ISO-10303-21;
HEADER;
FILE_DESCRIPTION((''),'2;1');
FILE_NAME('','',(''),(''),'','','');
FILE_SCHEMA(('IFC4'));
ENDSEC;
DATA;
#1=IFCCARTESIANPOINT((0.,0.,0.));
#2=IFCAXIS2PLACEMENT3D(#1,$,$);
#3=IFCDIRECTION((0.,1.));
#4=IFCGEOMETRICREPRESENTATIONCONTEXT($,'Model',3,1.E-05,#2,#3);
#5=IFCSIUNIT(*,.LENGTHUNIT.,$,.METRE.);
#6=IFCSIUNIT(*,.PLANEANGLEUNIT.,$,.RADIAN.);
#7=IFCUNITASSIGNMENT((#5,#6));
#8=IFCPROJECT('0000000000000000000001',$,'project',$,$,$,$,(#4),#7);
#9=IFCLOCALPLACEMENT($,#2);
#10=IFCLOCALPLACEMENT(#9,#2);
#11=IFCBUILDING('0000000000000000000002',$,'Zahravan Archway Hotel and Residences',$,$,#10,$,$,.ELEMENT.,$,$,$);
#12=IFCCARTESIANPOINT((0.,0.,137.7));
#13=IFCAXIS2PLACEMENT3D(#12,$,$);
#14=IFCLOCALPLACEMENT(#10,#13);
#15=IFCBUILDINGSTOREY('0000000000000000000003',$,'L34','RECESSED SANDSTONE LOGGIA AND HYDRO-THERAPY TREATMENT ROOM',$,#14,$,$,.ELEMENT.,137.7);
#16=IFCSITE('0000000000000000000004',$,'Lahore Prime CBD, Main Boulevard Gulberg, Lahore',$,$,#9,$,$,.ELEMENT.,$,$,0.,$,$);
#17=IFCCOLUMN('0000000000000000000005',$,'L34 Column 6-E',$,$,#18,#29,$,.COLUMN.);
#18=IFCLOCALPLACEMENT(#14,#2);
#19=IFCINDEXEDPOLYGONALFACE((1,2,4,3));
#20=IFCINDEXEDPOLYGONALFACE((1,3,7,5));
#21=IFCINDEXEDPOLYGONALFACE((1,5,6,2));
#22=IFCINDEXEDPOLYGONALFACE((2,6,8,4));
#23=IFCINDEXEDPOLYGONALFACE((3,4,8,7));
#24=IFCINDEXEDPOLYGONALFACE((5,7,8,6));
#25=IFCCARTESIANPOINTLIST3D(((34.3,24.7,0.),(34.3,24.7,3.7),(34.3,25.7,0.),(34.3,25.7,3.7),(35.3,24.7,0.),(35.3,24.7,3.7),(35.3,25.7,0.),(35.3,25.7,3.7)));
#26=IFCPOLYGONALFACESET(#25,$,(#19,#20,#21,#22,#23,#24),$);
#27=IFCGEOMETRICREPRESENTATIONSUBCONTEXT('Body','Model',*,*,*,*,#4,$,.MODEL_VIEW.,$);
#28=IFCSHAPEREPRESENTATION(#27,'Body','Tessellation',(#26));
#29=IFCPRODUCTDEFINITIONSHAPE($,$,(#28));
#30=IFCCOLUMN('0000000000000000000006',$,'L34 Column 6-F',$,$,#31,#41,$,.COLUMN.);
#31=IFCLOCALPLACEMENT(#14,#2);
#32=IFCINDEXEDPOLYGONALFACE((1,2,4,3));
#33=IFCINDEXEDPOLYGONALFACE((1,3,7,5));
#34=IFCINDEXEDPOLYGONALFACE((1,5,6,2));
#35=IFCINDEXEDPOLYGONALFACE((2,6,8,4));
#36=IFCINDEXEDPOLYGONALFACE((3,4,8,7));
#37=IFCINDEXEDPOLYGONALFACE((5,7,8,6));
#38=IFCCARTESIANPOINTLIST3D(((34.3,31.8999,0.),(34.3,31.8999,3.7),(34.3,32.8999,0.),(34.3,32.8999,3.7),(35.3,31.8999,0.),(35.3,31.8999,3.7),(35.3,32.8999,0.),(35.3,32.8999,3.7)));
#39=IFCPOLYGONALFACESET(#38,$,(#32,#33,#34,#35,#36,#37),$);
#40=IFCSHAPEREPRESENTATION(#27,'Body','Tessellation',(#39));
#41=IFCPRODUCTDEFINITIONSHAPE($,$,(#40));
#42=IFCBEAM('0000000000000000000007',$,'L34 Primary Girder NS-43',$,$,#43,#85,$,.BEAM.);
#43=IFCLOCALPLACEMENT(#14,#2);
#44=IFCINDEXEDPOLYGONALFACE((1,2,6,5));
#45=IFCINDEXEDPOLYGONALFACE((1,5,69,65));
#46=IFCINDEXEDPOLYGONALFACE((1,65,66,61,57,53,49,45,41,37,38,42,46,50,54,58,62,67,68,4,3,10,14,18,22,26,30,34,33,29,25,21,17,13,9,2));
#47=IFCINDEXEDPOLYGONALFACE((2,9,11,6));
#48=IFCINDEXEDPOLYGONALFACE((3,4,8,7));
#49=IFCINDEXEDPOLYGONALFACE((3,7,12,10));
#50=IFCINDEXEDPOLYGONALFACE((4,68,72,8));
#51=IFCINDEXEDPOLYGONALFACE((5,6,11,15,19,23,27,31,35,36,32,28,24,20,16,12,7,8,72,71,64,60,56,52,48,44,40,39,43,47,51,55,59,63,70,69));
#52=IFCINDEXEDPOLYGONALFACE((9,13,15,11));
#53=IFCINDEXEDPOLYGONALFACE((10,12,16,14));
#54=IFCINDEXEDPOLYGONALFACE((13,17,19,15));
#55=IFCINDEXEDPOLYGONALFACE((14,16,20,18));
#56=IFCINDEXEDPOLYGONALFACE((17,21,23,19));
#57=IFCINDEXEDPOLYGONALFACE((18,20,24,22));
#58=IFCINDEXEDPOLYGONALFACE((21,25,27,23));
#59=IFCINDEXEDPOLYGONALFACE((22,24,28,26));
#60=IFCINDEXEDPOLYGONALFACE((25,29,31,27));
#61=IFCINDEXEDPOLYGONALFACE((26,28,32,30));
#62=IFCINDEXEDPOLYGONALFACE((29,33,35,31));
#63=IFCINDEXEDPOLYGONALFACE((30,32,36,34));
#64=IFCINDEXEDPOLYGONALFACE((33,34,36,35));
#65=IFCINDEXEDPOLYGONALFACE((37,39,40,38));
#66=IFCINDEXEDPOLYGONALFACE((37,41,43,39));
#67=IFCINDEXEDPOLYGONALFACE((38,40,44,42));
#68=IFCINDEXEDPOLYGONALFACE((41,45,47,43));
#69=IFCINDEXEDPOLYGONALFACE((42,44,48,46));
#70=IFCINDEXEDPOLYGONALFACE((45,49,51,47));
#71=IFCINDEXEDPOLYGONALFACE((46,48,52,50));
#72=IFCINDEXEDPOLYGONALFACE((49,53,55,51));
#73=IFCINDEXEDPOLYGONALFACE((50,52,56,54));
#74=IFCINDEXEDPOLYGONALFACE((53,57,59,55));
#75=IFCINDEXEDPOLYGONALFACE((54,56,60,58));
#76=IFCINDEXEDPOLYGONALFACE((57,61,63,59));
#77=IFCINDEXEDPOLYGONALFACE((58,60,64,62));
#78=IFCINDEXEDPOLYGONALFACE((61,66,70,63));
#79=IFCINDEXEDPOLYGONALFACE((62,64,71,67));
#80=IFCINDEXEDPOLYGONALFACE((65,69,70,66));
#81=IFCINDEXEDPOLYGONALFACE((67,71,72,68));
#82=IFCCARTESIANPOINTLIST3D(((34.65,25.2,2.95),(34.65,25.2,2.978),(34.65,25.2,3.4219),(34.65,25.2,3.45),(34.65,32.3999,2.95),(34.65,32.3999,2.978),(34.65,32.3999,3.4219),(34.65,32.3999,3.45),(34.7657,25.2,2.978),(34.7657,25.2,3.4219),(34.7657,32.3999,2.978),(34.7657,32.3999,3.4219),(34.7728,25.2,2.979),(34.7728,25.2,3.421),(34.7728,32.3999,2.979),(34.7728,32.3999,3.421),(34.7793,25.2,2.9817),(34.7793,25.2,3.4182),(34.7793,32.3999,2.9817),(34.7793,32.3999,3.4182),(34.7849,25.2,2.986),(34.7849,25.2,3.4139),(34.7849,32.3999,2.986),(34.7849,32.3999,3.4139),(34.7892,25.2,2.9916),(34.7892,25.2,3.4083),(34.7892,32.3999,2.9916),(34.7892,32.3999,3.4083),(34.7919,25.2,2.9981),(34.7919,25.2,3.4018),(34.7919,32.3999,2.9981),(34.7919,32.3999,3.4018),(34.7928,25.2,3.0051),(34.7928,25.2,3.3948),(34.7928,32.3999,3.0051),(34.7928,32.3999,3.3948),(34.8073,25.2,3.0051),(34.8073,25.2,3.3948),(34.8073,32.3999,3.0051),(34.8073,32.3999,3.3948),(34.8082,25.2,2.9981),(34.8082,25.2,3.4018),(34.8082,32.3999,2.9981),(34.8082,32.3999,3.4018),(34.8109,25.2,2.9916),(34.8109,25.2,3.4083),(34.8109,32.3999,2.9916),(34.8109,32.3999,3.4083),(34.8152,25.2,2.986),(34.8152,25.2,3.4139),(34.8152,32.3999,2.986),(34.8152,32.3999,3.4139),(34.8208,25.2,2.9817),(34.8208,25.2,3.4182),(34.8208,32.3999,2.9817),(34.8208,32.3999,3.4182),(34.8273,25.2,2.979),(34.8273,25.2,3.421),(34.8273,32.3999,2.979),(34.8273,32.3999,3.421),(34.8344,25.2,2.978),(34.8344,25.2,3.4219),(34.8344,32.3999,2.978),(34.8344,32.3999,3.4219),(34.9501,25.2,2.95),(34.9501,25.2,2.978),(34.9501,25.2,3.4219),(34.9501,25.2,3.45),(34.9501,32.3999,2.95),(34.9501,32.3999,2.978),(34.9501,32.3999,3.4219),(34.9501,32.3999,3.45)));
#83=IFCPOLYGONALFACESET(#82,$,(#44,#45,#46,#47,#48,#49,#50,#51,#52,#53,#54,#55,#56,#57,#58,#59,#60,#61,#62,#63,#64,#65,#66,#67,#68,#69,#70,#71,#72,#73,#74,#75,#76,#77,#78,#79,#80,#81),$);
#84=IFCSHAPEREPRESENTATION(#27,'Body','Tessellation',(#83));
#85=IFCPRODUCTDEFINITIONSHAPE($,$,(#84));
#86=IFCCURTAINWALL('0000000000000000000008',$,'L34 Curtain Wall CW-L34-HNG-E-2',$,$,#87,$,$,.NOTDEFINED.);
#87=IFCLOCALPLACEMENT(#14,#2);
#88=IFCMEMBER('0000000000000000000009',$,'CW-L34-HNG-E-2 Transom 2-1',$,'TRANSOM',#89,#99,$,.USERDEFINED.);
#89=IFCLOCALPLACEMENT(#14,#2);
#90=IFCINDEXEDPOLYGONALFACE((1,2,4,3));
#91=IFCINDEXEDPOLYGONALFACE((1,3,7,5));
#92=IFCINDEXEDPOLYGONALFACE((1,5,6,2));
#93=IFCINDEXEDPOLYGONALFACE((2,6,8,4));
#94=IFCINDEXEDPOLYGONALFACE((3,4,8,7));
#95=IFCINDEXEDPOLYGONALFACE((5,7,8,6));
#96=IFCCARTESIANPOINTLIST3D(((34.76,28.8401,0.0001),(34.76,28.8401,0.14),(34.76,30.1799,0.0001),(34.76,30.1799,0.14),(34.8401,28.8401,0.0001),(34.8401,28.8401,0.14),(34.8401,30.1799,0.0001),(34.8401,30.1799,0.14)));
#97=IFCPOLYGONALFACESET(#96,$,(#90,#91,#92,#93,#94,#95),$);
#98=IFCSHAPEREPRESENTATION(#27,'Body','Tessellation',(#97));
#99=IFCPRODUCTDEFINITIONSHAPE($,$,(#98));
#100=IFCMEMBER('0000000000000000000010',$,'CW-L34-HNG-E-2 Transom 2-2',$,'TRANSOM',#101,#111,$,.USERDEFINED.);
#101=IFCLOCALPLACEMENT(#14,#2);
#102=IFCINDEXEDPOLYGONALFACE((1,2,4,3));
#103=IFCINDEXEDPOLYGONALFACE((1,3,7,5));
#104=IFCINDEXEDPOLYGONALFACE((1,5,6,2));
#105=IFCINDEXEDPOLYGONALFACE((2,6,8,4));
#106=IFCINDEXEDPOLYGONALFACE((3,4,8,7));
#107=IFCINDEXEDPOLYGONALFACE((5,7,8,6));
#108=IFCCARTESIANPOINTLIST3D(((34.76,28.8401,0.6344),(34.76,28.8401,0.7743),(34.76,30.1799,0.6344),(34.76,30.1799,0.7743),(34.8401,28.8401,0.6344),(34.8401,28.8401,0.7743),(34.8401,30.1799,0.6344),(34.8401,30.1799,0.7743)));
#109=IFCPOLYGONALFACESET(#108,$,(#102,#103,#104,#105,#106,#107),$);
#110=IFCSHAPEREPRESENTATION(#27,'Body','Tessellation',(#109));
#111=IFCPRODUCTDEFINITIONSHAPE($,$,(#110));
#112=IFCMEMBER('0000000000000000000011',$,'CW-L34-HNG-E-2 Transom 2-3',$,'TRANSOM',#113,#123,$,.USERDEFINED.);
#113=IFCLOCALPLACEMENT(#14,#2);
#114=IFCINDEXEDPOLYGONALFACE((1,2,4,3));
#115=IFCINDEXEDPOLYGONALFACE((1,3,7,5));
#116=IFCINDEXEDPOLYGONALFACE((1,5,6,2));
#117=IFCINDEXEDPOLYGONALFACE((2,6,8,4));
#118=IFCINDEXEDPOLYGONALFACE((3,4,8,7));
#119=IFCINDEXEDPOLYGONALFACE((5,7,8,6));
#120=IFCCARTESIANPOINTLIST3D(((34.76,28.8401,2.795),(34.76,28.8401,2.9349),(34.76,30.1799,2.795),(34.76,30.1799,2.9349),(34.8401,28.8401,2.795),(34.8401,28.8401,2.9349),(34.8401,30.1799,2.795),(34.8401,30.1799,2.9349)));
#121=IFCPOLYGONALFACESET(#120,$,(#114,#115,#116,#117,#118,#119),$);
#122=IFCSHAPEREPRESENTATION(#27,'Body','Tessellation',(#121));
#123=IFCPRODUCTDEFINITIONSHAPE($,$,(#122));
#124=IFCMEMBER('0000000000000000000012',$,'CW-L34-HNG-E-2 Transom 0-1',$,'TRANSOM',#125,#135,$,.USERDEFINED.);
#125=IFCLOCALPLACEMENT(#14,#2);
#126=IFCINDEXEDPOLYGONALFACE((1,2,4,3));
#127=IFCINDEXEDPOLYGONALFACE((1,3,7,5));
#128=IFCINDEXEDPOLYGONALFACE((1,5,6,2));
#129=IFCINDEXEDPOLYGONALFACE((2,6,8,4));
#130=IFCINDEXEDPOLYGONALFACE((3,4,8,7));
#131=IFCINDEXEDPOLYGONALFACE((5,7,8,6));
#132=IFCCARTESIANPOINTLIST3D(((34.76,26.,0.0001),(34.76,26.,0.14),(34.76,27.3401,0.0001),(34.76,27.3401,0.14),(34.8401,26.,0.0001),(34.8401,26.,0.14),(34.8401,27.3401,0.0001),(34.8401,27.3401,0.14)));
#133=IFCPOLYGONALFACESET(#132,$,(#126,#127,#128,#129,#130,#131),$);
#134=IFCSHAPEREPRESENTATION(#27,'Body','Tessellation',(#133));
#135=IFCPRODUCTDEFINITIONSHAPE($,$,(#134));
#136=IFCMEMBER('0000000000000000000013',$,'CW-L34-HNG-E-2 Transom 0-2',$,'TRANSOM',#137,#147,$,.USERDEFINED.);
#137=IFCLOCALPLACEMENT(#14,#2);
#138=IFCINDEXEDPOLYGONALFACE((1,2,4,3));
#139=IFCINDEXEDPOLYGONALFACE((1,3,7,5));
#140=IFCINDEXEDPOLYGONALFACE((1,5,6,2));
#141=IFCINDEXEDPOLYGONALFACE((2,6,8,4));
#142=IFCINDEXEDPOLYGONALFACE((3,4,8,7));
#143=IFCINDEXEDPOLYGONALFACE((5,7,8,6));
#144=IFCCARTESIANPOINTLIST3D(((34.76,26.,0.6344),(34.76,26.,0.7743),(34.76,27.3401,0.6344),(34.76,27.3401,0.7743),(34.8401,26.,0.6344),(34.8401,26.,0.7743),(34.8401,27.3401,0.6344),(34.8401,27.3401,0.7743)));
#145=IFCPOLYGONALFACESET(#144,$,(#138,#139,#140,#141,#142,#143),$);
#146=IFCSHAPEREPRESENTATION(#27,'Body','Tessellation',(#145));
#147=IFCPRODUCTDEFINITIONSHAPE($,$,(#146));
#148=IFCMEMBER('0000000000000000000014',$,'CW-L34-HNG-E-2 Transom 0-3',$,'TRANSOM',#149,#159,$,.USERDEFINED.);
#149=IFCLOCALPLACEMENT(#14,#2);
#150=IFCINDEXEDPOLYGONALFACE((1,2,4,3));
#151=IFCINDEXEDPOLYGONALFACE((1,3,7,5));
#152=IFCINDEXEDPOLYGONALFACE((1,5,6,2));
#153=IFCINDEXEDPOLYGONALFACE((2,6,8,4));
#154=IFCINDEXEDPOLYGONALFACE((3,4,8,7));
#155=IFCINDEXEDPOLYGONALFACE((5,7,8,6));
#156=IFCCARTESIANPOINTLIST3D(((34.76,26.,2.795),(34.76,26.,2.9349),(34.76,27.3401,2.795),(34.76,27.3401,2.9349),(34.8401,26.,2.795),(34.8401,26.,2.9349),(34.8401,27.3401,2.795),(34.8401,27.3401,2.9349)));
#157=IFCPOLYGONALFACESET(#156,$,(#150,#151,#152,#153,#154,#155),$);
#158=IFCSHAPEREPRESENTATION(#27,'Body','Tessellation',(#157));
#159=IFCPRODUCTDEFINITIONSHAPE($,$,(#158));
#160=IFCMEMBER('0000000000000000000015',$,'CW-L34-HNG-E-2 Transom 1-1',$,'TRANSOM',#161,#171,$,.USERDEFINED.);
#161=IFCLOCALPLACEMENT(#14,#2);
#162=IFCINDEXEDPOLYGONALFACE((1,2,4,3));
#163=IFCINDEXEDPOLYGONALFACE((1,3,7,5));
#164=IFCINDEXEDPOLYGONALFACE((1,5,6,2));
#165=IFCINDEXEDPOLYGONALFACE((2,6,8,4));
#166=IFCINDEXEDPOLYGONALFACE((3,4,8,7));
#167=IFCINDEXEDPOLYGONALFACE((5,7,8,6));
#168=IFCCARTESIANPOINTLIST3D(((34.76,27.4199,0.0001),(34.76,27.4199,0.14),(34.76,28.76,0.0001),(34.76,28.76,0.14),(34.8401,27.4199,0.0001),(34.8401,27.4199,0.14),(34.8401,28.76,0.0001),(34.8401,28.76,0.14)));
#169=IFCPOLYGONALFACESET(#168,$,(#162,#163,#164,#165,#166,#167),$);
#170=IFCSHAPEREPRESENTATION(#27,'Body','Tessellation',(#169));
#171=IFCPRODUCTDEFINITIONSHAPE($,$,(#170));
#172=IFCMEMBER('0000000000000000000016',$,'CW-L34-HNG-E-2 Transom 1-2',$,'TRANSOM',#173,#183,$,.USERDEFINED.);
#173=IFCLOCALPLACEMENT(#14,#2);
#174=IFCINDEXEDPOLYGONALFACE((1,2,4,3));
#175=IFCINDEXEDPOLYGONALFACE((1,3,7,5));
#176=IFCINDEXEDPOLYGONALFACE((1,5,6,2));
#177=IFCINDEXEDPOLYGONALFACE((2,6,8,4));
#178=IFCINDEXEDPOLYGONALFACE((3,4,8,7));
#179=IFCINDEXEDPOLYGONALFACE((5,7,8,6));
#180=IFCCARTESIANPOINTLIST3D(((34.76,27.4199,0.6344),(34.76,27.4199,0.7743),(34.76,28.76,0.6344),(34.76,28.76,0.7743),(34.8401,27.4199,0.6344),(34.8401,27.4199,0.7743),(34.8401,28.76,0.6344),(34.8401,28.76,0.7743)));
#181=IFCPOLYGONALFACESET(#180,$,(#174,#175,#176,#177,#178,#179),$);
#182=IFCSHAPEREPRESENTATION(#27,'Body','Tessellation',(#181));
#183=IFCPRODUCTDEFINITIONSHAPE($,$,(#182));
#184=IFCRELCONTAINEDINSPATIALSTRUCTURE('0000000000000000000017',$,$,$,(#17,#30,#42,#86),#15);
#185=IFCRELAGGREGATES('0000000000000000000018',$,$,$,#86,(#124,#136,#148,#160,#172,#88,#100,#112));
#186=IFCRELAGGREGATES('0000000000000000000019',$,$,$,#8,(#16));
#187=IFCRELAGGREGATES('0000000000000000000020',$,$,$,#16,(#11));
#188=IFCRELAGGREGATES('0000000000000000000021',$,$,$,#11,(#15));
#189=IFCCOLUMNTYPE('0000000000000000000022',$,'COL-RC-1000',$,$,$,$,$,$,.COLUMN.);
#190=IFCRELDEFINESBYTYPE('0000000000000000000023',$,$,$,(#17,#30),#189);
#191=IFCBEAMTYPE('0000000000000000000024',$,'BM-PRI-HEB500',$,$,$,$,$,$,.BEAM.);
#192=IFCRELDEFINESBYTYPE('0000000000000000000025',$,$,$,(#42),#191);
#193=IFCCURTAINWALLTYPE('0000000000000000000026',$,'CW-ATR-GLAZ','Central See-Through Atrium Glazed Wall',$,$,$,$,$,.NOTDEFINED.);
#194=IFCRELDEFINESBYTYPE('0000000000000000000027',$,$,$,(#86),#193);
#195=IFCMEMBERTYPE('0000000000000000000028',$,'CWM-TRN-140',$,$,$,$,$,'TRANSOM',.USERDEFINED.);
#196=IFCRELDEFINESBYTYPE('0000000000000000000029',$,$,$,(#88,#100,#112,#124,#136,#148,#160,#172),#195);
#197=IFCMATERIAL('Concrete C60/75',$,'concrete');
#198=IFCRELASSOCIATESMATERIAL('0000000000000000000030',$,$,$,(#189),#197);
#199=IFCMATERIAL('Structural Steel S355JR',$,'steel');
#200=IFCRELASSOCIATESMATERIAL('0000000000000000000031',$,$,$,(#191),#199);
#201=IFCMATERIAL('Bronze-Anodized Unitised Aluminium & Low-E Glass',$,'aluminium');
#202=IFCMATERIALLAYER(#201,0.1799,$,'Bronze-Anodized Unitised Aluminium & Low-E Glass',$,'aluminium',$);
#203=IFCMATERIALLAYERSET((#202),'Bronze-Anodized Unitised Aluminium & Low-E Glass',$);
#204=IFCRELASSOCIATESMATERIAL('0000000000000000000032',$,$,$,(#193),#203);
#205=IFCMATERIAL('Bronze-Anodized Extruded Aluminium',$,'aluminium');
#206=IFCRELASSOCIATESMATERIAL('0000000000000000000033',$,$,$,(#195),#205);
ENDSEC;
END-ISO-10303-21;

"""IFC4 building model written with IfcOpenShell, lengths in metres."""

from ifc_helpers import new_model, si_unit, direction, frame, origin, origin_2d, place, context, subcontext, project, spatial, rectangle, i_section, extrude, source, transform, mapped, material, layer, layer_set, material_profile, profile_set, type_object, type_shapes, element, aggregate, save


model = new_model("IFC4")

# Units and contexts
model_context = context("Model", 3, precision=1e-05, world=origin(), true_north=direction((0.0, 1.0)))
body_context = subcontext(model_context, "Body", "Model", "MODEL_VIEW")
ifc_project = project(units=[si_unit("LENGTHUNIT", "METRE"), si_unit("PLANEANGLEUNIT", "RADIAN")], contexts=[model_context])

# Site, building, storey
site_placement = place(None, origin())
site = spatial("IfcSite", under=ifc_project, at=site_placement, Name="Lahore Prime CBD, Main Boulevard Gulberg, Lahore", CompositionType="ELEMENT", RefElevation=0.0)
building_placement = place(site_placement, origin())
building = spatial("IfcBuilding", under=site, at=building_placement, Name="Zahravan Archway Hotel and Residences", CompositionType="ELEMENT")
storey_placement = place(building_placement, frame((0.0, 0.0, 137.7)))
storey = spatial("IfcBuildingStorey", under=building, at=storey_placement, Name="L34", Description="RECESSED SANDSTONE LOGGIA AND HYDRO-THERAPY TREATMENT ROOM", CompositionType="ELEMENT", Elevation=137.7)

# Columns
ifc_material_1 = material(Name="Concrete C60/75", Category="concrete")
ifc_material_profile_1 = material_profile(ifc_material_1, rectangle(XDim=1.0, YDim=1.0, at=origin_2d()), Name="RC-COL-1000x1000", Category="concrete")
ifc_profile_set_1 = profile_set([ifc_material_profile_1], Name="Concrete C60/75")
column_type = type_object("IfcColumnType", Name="COL-RC-1000", PredefinedType="COLUMN", material=ifc_profile_set_1)
shared_shape_1 = source(origin(), body_context, "Body", "SweptSolid", [
    extrude(rectangle(XDim=1.0, YDim=1.0, at=origin_2d()), origin(), (0.0, 0.0, 1.0), 3.7),
])
type_shapes(column_type, [shared_shape_1])
for number, where, z_axis, x_axis, name in (
    (1, (34.8, 25.2, 0.0), (0.0, 0.0, 1.0), (1.0, 0.0, 0.0), "L34 Column 6-E"),
    (2, (34.8, 32.3999, 0.0), (0.0, 0.0, 1.0), (1.0, 0.0, 0.0), "L34 Column 6-F"),
):
    element("IfcColumn", number, at=place(storey_placement, frame(where, z_axis=z_axis, x_axis=x_axis)), inside=storey, type_object=column_type, Name=name, PredefinedType="COLUMN", context=body_context, shape_type="MappedRepresentation", body=[
        mapped(shared_shape_1, transform((0.0, 0.0, 0.0), scale=1.0)),
    ])

# Beam
ifc_material_2 = material(Name="Structural Steel S355JR", Category="steel")
ifc_material_profile_2 = material_profile(ifc_material_2, i_section(OverallWidth=0.3, OverallDepth=0.5, WebThickness=0.0144, FlangeThickness=0.0281, FilletRadius=0.0271, at=origin_2d()), Name="HEB 500", Category="steel")
ifc_profile_set_2 = profile_set([ifc_material_profile_2], Name="Structural Steel S355JR")
beam_type = type_object("IfcBeamType", Name="BM-PRI-HEB500", PredefinedType="BEAM", material=ifc_profile_set_2)
shared_shape_2 = source(origin(), body_context, "Body", "SweptSolid", [
    extrude(i_section(OverallWidth=0.3, OverallDepth=0.5, WebThickness=0.0144, FlangeThickness=0.0281, FilletRadius=0.0271, at=origin_2d()), origin(), (0.0, 0.0, 1.0), 7.2),
])
beam_placement = place(storey_placement, frame((34.8, 25.2, 3.2), z_axis=(0.0, 1.0, 0.0), x_axis=(-1.0, 0.0, 0.0)))
element("IfcBeam", 3, at=beam_placement, inside=storey, type_object=beam_type, Name="L34 Primary Girder NS-43", PredefinedType="BEAM", context=body_context, shape_type="MappedRepresentation", body=[
    mapped(shared_shape_2, transform((0.0, 0.0, 0.0), scale=1.0)),
])

# Curtain wall, members
ifc_material_3 = material(Name="Bronze-Anodized Unitised Aluminium & Low-E Glass", Category="aluminium")
ifc_layer_1 = layer(ifc_material_3, 0.1799, Name="Bronze-Anodized Unitised Aluminium & Low-E Glass", Category="aluminium")
ifc_layer_set_1 = layer_set([ifc_layer_1], Name="Bronze-Anodized Unitised Aluminium & Low-E Glass")
curtain_wall_type = type_object("IfcCurtainWallType", Name="CW-ATR-GLAZ", Description="Central See-Through Atrium Glazed Wall", PredefinedType="NOTDEFINED", material=ifc_layer_set_1)
curtain_wall_1_placement = place(storey_placement, origin())
curtain_wall_1 = element("IfcCurtainWall", 4, at=curtain_wall_1_placement, inside=storey, type_object=curtain_wall_type, Name="L34 Curtain Wall CW-L34-HNG-E-2", PredefinedType="NOTDEFINED")
ifc_material_4 = material(Name="Bronze-Anodized Extruded Aluminium", Category="aluminium")
ifc_material_profile_3 = material_profile(ifc_material_4, rectangle(XDim=0.0801, YDim=0.1399, at=origin_2d()), Name="TRN 80x140", Category="aluminium")
ifc_profile_set_3 = profile_set([ifc_material_profile_3], Name="Bronze-Anodized Extruded Aluminium")
member_type_1 = type_object("IfcMemberType", Name="CWM-TRN-140", ElementType="TRANSOM", PredefinedType="USERDEFINED", material=ifc_profile_set_3)
shared_shape_3 = source(origin(), body_context, "Body", "SweptSolid", [
    extrude(rectangle(XDim=0.0801, YDim=0.1399, at=origin_2d()), origin(), (0.0, 0.0, 1.0), 1.3398),
])
member_1_placement = place(storey_placement, frame((34.8, 28.8401, 0.0701), z_axis=(0.0, 1.0, 0.0), x_axis=(-1.0, 0.0, 0.0)))
member_1 = element("IfcMember", 5, at=member_1_placement, type_object=member_type_1, Name="CW-L34-HNG-E-2 Transom 2-1", ObjectType="TRANSOM", PredefinedType="USERDEFINED", context=body_context, shape_type="MappedRepresentation", body=[
    mapped(shared_shape_3, transform((0.0, 0.0, 0.0), scale=1.0)),
])
member_2_placement = place(storey_placement, frame((34.8, 28.8401, 0.7043), z_axis=(0.0, 1.0, 0.0), x_axis=(-1.0, 0.0, 0.0)))
member_2 = element("IfcMember", 6, at=member_2_placement, type_object=member_type_1, Name="CW-L34-HNG-E-2 Transom 2-2", ObjectType="TRANSOM", PredefinedType="USERDEFINED", context=body_context, shape_type="MappedRepresentation", body=[
    mapped(shared_shape_3, transform((0.0, 0.0, 0.0), scale=1.0)),
])
member_3_placement = place(storey_placement, frame((34.8, 28.8401, 2.865), z_axis=(0.0, 1.0, 0.0), x_axis=(-1.0, 0.0, 0.0)))
member_3 = element("IfcMember", 7, at=member_3_placement, type_object=member_type_1, Name="CW-L34-HNG-E-2 Transom 2-3", ObjectType="TRANSOM", PredefinedType="USERDEFINED", context=body_context, shape_type="MappedRepresentation", body=[
    mapped(shared_shape_3, transform((0.0, 0.0, 0.0), scale=1.0)),
])
shared_shape_4 = source(origin(), body_context, "Body", "SweptSolid", [
    extrude(rectangle(XDim=0.0801, YDim=0.1399, at=origin_2d()), origin(), (0.0, 0.0, 1.0), 1.3401),
])
member_4_placement = place(storey_placement, frame((34.8, 26.0, 0.0701), z_axis=(0.0, 1.0, 0.0), x_axis=(-1.0, 0.0, 0.0)))
member_4 = element("IfcMember", 8, at=member_4_placement, type_object=member_type_1, Name="CW-L34-HNG-E-2 Transom 0-1", ObjectType="TRANSOM", PredefinedType="USERDEFINED", context=body_context, shape_type="MappedRepresentation", body=[
    mapped(shared_shape_4, transform((0.0, 0.0, 0.0), scale=1.0)),
])
member_5_placement = place(storey_placement, frame((34.8, 26.0, 0.7043), z_axis=(0.0, 1.0, 0.0), x_axis=(-1.0, 0.0, 0.0)))
member_5 = element("IfcMember", 9, at=member_5_placement, type_object=member_type_1, Name="CW-L34-HNG-E-2 Transom 0-2", ObjectType="TRANSOM", PredefinedType="USERDEFINED", context=body_context, shape_type="MappedRepresentation", body=[
    mapped(shared_shape_4, transform((0.0, 0.0, 0.0), scale=1.0)),
])
member_6_placement = place(storey_placement, frame((34.8, 26.0, 2.865), z_axis=(0.0, 1.0, 0.0), x_axis=(-1.0, 0.0, 0.0)))
member_6 = element("IfcMember", 10, at=member_6_placement, type_object=member_type_1, Name="CW-L34-HNG-E-2 Transom 0-3", ObjectType="TRANSOM", PredefinedType="USERDEFINED", context=body_context, shape_type="MappedRepresentation", body=[
    mapped(shared_shape_4, transform((0.0, 0.0, 0.0), scale=1.0)),
])
member_7_placement = place(storey_placement, frame((34.8, 27.4199, 0.0701), z_axis=(0.0, 1.0, 0.0), x_axis=(-1.0, 0.0, 0.0)))
member_7 = element("IfcMember", 11, at=member_7_placement, type_object=member_type_1, Name="CW-L34-HNG-E-2 Transom 1-1", ObjectType="TRANSOM", PredefinedType="USERDEFINED", context=body_context, shape_type="MappedRepresentation", body=[
    mapped(shared_shape_4, transform((0.0, 0.0, 0.0), scale=1.0)),
])
member_8_placement = place(storey_placement, frame((34.8, 27.4199, 0.7043), z_axis=(0.0, 1.0, 0.0), x_axis=(-1.0, 0.0, 0.0)))
member_8 = element("IfcMember", 12, at=member_8_placement, type_object=member_type_1, Name="CW-L34-HNG-E-2 Transom 1-2", ObjectType="TRANSOM", PredefinedType="USERDEFINED", context=body_context, shape_type="MappedRepresentation", body=[
    mapped(shared_shape_4, transform((0.0, 0.0, 0.0), scale=1.0)),
])

aggregate(curtain_wall_1, [member_4, member_5, member_6, member_7, member_8, member_1, member_2, member_3])

save(model, "model.ifc")
